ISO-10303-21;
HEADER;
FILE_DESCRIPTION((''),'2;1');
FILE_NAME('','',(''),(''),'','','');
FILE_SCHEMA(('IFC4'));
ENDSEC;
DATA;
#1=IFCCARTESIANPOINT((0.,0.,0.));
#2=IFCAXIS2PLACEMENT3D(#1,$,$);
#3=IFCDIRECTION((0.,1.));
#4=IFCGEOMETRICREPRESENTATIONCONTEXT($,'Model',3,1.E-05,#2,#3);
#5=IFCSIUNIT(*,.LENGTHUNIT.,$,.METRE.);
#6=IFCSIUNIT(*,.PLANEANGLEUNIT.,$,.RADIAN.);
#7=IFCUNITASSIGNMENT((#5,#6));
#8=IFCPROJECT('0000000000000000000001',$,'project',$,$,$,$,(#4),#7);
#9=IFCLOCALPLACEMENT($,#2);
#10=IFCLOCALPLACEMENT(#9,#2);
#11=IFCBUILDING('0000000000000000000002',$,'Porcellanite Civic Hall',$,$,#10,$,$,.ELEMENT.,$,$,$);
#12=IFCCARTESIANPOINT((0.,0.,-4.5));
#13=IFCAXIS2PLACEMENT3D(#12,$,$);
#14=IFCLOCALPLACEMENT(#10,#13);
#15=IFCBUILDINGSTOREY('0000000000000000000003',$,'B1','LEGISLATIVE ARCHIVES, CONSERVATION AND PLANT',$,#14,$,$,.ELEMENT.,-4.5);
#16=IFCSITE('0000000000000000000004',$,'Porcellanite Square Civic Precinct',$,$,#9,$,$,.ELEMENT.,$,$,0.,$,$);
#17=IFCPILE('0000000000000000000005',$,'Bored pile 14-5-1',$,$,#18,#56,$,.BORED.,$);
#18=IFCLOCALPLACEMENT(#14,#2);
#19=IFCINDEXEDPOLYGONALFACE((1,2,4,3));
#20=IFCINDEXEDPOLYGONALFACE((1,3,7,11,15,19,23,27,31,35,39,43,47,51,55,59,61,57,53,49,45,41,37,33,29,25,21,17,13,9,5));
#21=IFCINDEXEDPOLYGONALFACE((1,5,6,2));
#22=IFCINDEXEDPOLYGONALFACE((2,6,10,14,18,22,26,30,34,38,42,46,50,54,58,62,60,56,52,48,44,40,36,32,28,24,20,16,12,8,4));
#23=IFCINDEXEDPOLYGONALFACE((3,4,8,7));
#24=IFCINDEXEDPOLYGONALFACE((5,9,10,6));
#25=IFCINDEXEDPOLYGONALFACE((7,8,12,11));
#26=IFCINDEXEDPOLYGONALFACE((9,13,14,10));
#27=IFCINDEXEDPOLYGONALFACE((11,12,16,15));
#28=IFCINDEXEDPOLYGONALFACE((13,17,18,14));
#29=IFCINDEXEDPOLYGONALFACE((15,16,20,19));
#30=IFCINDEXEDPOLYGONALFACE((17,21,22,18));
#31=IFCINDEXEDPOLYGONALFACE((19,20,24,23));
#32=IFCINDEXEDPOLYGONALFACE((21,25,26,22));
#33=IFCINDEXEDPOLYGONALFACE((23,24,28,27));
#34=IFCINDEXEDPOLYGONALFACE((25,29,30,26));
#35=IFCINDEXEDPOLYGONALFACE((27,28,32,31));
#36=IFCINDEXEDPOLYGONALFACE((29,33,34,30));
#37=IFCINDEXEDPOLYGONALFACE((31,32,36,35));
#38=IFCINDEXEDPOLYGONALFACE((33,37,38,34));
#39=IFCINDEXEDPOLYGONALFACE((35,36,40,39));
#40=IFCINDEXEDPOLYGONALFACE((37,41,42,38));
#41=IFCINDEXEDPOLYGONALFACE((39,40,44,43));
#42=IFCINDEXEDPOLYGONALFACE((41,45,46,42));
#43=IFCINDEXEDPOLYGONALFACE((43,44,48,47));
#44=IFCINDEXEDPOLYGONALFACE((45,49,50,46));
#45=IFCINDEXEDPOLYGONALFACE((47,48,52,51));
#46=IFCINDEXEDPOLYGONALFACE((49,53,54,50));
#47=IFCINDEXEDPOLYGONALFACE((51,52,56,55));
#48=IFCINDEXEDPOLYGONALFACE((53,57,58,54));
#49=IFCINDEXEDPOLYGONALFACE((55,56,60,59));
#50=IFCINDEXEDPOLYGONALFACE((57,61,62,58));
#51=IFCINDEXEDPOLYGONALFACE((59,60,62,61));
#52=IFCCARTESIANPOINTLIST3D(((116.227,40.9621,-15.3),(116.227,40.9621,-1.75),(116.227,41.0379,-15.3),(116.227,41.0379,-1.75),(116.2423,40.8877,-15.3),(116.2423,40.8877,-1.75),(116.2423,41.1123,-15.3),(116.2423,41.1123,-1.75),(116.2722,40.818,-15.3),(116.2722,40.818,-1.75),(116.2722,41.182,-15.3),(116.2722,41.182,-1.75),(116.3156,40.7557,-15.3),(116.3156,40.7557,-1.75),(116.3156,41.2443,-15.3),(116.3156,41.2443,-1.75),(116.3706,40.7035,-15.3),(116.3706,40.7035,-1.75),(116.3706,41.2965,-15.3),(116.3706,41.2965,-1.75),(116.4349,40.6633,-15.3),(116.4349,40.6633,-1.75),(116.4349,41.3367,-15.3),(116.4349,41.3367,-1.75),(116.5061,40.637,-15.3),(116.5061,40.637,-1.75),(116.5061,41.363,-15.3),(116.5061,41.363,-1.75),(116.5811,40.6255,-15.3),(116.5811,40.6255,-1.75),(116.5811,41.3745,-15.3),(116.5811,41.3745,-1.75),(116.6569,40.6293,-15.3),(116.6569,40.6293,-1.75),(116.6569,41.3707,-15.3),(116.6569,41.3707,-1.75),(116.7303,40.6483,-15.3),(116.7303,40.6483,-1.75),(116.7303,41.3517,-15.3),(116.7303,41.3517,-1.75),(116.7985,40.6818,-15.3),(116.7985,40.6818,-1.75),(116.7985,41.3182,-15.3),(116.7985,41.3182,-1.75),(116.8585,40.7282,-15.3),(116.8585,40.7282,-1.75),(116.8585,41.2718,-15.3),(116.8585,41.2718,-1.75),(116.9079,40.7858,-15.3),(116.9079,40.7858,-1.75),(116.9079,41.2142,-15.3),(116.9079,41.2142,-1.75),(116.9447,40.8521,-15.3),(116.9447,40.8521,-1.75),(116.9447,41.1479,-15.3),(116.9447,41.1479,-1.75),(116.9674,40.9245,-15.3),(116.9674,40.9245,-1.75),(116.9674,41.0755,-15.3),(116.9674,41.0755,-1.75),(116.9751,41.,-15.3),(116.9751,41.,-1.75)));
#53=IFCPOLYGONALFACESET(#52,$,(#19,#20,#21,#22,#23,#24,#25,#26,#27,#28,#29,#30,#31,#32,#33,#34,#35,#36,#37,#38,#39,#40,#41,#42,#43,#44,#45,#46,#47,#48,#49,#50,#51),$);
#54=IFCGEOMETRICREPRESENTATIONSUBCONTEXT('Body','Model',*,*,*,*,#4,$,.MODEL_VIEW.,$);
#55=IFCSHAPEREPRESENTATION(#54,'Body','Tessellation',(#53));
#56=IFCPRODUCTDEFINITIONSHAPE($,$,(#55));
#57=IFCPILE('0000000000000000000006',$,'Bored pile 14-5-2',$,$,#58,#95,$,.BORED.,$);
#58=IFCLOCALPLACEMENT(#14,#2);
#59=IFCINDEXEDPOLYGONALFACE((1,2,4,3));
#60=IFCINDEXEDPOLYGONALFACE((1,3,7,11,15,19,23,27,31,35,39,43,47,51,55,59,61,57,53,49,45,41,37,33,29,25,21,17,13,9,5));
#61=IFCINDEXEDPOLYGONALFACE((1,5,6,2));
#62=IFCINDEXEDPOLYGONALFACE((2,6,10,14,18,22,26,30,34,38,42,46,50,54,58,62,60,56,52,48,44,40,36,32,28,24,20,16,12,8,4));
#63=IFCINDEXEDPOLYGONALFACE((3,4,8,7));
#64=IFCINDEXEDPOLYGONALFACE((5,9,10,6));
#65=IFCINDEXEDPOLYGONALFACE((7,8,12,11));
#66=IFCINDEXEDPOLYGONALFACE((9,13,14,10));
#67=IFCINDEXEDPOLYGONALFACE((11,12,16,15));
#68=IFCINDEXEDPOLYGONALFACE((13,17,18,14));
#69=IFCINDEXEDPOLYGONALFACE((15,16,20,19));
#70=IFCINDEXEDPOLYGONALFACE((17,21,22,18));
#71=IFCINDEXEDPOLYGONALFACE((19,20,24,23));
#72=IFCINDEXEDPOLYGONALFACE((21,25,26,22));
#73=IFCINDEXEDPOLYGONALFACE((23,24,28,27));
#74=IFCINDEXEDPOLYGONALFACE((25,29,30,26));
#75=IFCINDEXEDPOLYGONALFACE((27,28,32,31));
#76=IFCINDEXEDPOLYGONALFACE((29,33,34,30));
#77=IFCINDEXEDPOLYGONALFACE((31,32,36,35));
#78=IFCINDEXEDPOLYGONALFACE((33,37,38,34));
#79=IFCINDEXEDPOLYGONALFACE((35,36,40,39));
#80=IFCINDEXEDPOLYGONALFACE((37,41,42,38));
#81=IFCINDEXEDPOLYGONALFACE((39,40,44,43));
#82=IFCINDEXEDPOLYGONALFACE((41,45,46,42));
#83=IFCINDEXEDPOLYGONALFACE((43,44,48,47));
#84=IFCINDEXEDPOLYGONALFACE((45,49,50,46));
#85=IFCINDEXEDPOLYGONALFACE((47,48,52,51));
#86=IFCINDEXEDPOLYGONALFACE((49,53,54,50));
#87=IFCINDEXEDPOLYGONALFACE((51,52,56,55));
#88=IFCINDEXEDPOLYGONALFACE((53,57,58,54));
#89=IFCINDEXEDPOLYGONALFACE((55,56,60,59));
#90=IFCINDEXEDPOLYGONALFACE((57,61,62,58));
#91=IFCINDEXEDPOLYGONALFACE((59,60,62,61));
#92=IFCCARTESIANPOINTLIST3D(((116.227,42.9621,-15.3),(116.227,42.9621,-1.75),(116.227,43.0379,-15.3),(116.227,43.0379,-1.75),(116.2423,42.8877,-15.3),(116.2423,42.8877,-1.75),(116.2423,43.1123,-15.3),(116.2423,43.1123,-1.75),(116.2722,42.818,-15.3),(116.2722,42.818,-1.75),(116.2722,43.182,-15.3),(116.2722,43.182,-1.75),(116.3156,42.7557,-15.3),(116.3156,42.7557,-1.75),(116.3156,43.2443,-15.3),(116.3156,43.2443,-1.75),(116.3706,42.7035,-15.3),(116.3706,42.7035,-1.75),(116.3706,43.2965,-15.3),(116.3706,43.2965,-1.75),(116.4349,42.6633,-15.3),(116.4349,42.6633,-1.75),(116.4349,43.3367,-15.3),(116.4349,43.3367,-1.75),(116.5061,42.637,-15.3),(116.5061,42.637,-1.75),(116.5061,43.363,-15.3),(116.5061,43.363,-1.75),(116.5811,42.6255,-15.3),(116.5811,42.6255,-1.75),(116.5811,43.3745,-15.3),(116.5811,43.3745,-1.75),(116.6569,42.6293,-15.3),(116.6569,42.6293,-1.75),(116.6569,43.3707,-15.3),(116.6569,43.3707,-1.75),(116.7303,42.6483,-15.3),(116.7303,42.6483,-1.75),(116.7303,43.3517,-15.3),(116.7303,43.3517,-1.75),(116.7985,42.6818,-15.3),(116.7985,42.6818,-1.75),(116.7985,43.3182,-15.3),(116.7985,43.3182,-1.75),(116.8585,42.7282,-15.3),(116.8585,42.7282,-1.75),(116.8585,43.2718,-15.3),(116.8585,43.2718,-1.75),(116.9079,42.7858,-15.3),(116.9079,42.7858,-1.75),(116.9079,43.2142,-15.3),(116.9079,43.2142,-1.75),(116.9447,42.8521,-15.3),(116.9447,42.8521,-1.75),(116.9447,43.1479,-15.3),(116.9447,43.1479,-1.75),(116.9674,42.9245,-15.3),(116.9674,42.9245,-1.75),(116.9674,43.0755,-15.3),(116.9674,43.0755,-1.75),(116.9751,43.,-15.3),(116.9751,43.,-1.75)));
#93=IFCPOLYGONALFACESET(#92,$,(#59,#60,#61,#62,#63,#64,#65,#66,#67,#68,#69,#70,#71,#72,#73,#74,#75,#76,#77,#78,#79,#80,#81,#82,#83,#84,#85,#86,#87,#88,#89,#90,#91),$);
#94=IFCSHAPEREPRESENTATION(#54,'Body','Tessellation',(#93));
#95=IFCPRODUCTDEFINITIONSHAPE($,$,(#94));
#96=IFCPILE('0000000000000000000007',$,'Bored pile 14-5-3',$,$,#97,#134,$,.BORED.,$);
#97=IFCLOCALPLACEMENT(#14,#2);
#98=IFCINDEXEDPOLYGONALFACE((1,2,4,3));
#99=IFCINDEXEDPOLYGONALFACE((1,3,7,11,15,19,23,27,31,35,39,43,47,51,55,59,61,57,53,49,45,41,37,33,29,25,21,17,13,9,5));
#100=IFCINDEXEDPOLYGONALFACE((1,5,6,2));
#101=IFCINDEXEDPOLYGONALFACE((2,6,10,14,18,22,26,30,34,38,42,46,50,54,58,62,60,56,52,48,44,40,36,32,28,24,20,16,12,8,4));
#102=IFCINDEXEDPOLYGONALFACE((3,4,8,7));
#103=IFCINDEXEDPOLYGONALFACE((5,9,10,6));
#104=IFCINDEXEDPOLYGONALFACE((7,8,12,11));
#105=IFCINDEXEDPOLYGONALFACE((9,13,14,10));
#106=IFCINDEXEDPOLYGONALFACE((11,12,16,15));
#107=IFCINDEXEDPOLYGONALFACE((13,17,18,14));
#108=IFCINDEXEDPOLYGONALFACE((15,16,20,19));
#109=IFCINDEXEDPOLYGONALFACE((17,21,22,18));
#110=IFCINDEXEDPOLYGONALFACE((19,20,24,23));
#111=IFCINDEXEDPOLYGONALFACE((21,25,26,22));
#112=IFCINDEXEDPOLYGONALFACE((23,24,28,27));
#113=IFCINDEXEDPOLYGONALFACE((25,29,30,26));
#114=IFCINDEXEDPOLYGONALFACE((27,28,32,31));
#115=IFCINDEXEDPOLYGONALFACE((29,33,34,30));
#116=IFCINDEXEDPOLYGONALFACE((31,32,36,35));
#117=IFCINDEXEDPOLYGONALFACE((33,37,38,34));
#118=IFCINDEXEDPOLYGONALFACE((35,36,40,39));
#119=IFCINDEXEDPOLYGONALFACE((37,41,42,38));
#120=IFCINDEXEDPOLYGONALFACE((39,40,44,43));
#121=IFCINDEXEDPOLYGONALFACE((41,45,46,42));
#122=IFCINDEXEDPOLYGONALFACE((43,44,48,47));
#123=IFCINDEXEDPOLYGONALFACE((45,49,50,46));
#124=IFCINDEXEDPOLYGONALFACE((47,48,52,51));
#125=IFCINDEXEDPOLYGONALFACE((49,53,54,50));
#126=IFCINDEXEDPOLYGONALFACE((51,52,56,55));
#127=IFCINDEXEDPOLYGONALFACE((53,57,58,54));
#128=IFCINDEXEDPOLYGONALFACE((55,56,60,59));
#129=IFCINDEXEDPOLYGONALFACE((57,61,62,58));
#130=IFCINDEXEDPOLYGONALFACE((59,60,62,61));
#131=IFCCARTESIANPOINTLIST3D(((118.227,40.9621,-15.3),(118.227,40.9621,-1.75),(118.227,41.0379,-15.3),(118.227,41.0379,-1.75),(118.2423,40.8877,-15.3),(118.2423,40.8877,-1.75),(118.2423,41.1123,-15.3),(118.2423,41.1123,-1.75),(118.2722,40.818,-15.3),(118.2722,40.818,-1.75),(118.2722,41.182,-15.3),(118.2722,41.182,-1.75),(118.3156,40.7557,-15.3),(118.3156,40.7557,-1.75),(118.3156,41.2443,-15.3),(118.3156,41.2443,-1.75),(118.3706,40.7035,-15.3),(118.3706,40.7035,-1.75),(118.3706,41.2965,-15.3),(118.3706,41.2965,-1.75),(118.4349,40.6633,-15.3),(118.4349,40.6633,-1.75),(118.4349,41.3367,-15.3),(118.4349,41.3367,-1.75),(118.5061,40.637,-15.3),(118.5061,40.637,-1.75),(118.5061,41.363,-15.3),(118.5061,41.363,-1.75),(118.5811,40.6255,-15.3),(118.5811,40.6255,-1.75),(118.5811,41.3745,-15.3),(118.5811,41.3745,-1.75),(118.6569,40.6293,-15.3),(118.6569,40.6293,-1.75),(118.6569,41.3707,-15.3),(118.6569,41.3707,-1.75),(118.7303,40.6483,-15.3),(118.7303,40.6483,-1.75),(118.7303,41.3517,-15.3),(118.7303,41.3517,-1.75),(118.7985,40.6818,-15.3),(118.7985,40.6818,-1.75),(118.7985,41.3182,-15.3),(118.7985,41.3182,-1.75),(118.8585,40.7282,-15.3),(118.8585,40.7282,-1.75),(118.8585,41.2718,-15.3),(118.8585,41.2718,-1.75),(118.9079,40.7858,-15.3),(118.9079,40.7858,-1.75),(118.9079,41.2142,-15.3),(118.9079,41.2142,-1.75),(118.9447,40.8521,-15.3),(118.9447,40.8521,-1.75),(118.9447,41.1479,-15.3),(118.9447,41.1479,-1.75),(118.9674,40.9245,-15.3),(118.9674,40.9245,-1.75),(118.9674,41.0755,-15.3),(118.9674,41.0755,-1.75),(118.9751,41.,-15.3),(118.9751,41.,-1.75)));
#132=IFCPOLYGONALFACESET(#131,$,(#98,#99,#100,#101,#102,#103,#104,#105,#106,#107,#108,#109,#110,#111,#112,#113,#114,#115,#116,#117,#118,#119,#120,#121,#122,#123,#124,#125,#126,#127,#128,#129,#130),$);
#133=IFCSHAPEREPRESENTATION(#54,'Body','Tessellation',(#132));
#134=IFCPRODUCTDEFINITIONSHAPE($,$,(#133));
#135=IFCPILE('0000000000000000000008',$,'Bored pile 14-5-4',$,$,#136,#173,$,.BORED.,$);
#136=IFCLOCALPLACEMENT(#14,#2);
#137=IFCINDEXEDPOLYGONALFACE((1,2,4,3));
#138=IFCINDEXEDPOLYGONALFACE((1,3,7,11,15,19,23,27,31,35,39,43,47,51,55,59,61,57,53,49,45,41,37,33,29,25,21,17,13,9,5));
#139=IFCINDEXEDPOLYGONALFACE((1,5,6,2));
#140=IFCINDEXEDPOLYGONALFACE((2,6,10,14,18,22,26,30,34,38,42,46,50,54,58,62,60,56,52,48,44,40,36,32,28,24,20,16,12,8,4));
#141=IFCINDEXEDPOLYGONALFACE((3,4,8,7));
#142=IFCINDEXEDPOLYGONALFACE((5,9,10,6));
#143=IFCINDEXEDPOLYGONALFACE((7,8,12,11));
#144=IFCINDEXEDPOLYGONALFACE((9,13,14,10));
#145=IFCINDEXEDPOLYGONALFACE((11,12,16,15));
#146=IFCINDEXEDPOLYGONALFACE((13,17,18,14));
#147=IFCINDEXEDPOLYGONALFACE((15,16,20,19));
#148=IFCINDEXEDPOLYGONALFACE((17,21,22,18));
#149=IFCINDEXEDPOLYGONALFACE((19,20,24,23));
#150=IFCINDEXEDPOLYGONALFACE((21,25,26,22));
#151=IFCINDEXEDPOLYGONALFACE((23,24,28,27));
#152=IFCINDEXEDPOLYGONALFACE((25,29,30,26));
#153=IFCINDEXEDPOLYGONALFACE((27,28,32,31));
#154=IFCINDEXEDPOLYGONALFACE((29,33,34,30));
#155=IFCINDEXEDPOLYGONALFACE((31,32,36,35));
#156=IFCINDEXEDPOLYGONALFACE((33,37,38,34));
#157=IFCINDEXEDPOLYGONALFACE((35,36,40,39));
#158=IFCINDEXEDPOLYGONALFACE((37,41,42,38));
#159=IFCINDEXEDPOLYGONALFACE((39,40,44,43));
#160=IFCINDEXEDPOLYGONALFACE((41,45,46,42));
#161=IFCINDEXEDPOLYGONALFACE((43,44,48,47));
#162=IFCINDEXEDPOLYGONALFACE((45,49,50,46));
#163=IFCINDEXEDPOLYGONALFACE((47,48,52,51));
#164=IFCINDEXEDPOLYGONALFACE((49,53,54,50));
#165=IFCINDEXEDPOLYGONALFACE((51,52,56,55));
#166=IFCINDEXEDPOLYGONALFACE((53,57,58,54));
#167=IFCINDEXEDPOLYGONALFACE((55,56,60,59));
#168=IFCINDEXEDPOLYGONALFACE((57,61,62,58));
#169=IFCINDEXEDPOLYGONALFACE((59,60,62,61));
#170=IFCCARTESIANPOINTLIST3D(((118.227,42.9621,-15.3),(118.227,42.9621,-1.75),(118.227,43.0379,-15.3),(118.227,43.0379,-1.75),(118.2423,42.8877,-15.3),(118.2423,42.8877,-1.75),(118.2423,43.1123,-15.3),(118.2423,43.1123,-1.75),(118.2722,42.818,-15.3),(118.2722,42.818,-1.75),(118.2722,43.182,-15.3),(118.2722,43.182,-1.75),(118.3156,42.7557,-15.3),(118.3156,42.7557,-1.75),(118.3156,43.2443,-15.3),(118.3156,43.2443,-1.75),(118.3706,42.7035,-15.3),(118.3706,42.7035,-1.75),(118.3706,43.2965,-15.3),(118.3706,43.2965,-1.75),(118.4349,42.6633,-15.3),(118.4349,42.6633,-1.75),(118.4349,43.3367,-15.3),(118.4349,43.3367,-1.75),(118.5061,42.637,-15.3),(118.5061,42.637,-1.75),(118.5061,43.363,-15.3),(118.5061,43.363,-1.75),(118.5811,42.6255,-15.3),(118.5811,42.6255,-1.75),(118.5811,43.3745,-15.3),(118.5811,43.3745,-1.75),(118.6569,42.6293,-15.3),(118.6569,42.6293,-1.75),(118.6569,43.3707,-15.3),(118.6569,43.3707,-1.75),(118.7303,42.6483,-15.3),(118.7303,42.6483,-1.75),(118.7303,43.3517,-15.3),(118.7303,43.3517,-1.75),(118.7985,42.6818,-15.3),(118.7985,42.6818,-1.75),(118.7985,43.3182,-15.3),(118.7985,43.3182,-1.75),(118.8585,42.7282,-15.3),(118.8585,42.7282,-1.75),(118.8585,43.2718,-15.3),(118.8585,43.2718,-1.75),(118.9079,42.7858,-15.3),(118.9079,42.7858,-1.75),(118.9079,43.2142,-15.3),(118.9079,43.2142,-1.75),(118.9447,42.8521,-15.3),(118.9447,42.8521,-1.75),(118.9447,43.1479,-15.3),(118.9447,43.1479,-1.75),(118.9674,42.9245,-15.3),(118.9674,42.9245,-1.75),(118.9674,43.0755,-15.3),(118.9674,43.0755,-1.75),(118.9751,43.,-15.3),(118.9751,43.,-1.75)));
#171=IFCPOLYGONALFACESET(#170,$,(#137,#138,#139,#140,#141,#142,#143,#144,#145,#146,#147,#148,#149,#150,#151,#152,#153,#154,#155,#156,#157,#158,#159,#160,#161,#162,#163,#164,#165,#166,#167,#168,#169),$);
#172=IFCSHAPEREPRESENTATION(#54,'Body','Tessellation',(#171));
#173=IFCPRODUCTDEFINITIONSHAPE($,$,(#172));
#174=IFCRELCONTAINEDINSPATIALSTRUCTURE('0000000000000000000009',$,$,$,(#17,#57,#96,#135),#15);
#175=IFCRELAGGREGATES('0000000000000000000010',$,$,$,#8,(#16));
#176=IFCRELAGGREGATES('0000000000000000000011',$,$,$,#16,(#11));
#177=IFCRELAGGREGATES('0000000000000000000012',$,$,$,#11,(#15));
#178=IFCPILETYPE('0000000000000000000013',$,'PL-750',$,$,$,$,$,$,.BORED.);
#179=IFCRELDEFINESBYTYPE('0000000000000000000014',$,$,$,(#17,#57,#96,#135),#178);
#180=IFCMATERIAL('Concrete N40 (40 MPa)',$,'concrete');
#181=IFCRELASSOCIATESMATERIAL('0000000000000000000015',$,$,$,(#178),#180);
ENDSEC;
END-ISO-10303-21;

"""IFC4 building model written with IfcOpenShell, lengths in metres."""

from ifc_helpers import new_model, si_unit, direction, frame, origin, origin_2d, place, context, subcontext, project, spatial, circle, extrude, material, material_profile, profile_set, type_object, element, save


model = new_model("IFC4")

# Units and contexts
model_context = context("Model", 3, precision=1e-05, world=origin(), true_north=direction((0.0, 1.0)))
body_context = subcontext(model_context, "Body", "Model", "MODEL_VIEW")
ifc_project = project(units=[si_unit("LENGTHUNIT", "METRE"), si_unit("PLANEANGLEUNIT", "RADIAN")], contexts=[model_context])

# Site, building, storey
site_placement = place(None, origin())
site = spatial("IfcSite", under=ifc_project, at=site_placement, Name="Porcellanite Square Civic Precinct", CompositionType="ELEMENT", RefElevation=0.0)
building_placement = place(site_placement, origin())
building = spatial("IfcBuilding", under=site, at=building_placement, Name="Porcellanite Civic Hall", CompositionType="ELEMENT")
storey_placement = place(building_placement, frame((0.0, 0.0, -4.5)))
storey = spatial("IfcBuildingStorey", under=building, at=storey_placement, Name="B1", Description="LEGISLATIVE ARCHIVES, CONSERVATION AND PLANT", CompositionType="ELEMENT", Elevation=-4.5)

# Piles
ifc_material_1 = material(Name="Concrete N40 (40 MPa)", Category="concrete")
ifc_material_profile_1 = material_profile(ifc_material_1, circle(Radius=0.375, at=origin_2d()), Name="PILE-D750")
ifc_profile_set_1 = profile_set([ifc_material_profile_1], Name="Concrete N40 (40 MPa)")
pile_type_1 = type_object("IfcPileType", Name="PL-750", PredefinedType="BORED", material=ifc_profile_set_1)
for number, where, z_axis, x_axis, name in (
    (1, (116.6001, 41.0, -1.75), (0.0, 0.0, -1.0), (1.0, 0.0, 0.0), "Bored pile 14-5-1"),
    (2, (116.6001, 43.0, -1.75), (0.0, 0.0, -1.0), (1.0, 0.0, 0.0), "Bored pile 14-5-2"),
    (3, (118.6001, 41.0, -1.75), (0.0, 0.0, -1.0), (1.0, 0.0, 0.0), "Bored pile 14-5-3"),
    (4, (118.6001, 43.0, -1.75), (0.0, 0.0, -1.0), (1.0, 0.0, 0.0), "Bored pile 14-5-4"),
):
    element("IfcPile", number, at=place(storey_placement, frame(where, z_axis=z_axis, x_axis=x_axis)), inside=storey, type_object=pile_type_1, Name=name, PredefinedType="BORED", context=body_context, shape_type="SweptSolid", body=[
        extrude(circle(Radius=0.375, at=origin_2d()), origin(), (0.0, 0.0, 1.0), 13.55),
    ])

save(model, "model.ifc")
